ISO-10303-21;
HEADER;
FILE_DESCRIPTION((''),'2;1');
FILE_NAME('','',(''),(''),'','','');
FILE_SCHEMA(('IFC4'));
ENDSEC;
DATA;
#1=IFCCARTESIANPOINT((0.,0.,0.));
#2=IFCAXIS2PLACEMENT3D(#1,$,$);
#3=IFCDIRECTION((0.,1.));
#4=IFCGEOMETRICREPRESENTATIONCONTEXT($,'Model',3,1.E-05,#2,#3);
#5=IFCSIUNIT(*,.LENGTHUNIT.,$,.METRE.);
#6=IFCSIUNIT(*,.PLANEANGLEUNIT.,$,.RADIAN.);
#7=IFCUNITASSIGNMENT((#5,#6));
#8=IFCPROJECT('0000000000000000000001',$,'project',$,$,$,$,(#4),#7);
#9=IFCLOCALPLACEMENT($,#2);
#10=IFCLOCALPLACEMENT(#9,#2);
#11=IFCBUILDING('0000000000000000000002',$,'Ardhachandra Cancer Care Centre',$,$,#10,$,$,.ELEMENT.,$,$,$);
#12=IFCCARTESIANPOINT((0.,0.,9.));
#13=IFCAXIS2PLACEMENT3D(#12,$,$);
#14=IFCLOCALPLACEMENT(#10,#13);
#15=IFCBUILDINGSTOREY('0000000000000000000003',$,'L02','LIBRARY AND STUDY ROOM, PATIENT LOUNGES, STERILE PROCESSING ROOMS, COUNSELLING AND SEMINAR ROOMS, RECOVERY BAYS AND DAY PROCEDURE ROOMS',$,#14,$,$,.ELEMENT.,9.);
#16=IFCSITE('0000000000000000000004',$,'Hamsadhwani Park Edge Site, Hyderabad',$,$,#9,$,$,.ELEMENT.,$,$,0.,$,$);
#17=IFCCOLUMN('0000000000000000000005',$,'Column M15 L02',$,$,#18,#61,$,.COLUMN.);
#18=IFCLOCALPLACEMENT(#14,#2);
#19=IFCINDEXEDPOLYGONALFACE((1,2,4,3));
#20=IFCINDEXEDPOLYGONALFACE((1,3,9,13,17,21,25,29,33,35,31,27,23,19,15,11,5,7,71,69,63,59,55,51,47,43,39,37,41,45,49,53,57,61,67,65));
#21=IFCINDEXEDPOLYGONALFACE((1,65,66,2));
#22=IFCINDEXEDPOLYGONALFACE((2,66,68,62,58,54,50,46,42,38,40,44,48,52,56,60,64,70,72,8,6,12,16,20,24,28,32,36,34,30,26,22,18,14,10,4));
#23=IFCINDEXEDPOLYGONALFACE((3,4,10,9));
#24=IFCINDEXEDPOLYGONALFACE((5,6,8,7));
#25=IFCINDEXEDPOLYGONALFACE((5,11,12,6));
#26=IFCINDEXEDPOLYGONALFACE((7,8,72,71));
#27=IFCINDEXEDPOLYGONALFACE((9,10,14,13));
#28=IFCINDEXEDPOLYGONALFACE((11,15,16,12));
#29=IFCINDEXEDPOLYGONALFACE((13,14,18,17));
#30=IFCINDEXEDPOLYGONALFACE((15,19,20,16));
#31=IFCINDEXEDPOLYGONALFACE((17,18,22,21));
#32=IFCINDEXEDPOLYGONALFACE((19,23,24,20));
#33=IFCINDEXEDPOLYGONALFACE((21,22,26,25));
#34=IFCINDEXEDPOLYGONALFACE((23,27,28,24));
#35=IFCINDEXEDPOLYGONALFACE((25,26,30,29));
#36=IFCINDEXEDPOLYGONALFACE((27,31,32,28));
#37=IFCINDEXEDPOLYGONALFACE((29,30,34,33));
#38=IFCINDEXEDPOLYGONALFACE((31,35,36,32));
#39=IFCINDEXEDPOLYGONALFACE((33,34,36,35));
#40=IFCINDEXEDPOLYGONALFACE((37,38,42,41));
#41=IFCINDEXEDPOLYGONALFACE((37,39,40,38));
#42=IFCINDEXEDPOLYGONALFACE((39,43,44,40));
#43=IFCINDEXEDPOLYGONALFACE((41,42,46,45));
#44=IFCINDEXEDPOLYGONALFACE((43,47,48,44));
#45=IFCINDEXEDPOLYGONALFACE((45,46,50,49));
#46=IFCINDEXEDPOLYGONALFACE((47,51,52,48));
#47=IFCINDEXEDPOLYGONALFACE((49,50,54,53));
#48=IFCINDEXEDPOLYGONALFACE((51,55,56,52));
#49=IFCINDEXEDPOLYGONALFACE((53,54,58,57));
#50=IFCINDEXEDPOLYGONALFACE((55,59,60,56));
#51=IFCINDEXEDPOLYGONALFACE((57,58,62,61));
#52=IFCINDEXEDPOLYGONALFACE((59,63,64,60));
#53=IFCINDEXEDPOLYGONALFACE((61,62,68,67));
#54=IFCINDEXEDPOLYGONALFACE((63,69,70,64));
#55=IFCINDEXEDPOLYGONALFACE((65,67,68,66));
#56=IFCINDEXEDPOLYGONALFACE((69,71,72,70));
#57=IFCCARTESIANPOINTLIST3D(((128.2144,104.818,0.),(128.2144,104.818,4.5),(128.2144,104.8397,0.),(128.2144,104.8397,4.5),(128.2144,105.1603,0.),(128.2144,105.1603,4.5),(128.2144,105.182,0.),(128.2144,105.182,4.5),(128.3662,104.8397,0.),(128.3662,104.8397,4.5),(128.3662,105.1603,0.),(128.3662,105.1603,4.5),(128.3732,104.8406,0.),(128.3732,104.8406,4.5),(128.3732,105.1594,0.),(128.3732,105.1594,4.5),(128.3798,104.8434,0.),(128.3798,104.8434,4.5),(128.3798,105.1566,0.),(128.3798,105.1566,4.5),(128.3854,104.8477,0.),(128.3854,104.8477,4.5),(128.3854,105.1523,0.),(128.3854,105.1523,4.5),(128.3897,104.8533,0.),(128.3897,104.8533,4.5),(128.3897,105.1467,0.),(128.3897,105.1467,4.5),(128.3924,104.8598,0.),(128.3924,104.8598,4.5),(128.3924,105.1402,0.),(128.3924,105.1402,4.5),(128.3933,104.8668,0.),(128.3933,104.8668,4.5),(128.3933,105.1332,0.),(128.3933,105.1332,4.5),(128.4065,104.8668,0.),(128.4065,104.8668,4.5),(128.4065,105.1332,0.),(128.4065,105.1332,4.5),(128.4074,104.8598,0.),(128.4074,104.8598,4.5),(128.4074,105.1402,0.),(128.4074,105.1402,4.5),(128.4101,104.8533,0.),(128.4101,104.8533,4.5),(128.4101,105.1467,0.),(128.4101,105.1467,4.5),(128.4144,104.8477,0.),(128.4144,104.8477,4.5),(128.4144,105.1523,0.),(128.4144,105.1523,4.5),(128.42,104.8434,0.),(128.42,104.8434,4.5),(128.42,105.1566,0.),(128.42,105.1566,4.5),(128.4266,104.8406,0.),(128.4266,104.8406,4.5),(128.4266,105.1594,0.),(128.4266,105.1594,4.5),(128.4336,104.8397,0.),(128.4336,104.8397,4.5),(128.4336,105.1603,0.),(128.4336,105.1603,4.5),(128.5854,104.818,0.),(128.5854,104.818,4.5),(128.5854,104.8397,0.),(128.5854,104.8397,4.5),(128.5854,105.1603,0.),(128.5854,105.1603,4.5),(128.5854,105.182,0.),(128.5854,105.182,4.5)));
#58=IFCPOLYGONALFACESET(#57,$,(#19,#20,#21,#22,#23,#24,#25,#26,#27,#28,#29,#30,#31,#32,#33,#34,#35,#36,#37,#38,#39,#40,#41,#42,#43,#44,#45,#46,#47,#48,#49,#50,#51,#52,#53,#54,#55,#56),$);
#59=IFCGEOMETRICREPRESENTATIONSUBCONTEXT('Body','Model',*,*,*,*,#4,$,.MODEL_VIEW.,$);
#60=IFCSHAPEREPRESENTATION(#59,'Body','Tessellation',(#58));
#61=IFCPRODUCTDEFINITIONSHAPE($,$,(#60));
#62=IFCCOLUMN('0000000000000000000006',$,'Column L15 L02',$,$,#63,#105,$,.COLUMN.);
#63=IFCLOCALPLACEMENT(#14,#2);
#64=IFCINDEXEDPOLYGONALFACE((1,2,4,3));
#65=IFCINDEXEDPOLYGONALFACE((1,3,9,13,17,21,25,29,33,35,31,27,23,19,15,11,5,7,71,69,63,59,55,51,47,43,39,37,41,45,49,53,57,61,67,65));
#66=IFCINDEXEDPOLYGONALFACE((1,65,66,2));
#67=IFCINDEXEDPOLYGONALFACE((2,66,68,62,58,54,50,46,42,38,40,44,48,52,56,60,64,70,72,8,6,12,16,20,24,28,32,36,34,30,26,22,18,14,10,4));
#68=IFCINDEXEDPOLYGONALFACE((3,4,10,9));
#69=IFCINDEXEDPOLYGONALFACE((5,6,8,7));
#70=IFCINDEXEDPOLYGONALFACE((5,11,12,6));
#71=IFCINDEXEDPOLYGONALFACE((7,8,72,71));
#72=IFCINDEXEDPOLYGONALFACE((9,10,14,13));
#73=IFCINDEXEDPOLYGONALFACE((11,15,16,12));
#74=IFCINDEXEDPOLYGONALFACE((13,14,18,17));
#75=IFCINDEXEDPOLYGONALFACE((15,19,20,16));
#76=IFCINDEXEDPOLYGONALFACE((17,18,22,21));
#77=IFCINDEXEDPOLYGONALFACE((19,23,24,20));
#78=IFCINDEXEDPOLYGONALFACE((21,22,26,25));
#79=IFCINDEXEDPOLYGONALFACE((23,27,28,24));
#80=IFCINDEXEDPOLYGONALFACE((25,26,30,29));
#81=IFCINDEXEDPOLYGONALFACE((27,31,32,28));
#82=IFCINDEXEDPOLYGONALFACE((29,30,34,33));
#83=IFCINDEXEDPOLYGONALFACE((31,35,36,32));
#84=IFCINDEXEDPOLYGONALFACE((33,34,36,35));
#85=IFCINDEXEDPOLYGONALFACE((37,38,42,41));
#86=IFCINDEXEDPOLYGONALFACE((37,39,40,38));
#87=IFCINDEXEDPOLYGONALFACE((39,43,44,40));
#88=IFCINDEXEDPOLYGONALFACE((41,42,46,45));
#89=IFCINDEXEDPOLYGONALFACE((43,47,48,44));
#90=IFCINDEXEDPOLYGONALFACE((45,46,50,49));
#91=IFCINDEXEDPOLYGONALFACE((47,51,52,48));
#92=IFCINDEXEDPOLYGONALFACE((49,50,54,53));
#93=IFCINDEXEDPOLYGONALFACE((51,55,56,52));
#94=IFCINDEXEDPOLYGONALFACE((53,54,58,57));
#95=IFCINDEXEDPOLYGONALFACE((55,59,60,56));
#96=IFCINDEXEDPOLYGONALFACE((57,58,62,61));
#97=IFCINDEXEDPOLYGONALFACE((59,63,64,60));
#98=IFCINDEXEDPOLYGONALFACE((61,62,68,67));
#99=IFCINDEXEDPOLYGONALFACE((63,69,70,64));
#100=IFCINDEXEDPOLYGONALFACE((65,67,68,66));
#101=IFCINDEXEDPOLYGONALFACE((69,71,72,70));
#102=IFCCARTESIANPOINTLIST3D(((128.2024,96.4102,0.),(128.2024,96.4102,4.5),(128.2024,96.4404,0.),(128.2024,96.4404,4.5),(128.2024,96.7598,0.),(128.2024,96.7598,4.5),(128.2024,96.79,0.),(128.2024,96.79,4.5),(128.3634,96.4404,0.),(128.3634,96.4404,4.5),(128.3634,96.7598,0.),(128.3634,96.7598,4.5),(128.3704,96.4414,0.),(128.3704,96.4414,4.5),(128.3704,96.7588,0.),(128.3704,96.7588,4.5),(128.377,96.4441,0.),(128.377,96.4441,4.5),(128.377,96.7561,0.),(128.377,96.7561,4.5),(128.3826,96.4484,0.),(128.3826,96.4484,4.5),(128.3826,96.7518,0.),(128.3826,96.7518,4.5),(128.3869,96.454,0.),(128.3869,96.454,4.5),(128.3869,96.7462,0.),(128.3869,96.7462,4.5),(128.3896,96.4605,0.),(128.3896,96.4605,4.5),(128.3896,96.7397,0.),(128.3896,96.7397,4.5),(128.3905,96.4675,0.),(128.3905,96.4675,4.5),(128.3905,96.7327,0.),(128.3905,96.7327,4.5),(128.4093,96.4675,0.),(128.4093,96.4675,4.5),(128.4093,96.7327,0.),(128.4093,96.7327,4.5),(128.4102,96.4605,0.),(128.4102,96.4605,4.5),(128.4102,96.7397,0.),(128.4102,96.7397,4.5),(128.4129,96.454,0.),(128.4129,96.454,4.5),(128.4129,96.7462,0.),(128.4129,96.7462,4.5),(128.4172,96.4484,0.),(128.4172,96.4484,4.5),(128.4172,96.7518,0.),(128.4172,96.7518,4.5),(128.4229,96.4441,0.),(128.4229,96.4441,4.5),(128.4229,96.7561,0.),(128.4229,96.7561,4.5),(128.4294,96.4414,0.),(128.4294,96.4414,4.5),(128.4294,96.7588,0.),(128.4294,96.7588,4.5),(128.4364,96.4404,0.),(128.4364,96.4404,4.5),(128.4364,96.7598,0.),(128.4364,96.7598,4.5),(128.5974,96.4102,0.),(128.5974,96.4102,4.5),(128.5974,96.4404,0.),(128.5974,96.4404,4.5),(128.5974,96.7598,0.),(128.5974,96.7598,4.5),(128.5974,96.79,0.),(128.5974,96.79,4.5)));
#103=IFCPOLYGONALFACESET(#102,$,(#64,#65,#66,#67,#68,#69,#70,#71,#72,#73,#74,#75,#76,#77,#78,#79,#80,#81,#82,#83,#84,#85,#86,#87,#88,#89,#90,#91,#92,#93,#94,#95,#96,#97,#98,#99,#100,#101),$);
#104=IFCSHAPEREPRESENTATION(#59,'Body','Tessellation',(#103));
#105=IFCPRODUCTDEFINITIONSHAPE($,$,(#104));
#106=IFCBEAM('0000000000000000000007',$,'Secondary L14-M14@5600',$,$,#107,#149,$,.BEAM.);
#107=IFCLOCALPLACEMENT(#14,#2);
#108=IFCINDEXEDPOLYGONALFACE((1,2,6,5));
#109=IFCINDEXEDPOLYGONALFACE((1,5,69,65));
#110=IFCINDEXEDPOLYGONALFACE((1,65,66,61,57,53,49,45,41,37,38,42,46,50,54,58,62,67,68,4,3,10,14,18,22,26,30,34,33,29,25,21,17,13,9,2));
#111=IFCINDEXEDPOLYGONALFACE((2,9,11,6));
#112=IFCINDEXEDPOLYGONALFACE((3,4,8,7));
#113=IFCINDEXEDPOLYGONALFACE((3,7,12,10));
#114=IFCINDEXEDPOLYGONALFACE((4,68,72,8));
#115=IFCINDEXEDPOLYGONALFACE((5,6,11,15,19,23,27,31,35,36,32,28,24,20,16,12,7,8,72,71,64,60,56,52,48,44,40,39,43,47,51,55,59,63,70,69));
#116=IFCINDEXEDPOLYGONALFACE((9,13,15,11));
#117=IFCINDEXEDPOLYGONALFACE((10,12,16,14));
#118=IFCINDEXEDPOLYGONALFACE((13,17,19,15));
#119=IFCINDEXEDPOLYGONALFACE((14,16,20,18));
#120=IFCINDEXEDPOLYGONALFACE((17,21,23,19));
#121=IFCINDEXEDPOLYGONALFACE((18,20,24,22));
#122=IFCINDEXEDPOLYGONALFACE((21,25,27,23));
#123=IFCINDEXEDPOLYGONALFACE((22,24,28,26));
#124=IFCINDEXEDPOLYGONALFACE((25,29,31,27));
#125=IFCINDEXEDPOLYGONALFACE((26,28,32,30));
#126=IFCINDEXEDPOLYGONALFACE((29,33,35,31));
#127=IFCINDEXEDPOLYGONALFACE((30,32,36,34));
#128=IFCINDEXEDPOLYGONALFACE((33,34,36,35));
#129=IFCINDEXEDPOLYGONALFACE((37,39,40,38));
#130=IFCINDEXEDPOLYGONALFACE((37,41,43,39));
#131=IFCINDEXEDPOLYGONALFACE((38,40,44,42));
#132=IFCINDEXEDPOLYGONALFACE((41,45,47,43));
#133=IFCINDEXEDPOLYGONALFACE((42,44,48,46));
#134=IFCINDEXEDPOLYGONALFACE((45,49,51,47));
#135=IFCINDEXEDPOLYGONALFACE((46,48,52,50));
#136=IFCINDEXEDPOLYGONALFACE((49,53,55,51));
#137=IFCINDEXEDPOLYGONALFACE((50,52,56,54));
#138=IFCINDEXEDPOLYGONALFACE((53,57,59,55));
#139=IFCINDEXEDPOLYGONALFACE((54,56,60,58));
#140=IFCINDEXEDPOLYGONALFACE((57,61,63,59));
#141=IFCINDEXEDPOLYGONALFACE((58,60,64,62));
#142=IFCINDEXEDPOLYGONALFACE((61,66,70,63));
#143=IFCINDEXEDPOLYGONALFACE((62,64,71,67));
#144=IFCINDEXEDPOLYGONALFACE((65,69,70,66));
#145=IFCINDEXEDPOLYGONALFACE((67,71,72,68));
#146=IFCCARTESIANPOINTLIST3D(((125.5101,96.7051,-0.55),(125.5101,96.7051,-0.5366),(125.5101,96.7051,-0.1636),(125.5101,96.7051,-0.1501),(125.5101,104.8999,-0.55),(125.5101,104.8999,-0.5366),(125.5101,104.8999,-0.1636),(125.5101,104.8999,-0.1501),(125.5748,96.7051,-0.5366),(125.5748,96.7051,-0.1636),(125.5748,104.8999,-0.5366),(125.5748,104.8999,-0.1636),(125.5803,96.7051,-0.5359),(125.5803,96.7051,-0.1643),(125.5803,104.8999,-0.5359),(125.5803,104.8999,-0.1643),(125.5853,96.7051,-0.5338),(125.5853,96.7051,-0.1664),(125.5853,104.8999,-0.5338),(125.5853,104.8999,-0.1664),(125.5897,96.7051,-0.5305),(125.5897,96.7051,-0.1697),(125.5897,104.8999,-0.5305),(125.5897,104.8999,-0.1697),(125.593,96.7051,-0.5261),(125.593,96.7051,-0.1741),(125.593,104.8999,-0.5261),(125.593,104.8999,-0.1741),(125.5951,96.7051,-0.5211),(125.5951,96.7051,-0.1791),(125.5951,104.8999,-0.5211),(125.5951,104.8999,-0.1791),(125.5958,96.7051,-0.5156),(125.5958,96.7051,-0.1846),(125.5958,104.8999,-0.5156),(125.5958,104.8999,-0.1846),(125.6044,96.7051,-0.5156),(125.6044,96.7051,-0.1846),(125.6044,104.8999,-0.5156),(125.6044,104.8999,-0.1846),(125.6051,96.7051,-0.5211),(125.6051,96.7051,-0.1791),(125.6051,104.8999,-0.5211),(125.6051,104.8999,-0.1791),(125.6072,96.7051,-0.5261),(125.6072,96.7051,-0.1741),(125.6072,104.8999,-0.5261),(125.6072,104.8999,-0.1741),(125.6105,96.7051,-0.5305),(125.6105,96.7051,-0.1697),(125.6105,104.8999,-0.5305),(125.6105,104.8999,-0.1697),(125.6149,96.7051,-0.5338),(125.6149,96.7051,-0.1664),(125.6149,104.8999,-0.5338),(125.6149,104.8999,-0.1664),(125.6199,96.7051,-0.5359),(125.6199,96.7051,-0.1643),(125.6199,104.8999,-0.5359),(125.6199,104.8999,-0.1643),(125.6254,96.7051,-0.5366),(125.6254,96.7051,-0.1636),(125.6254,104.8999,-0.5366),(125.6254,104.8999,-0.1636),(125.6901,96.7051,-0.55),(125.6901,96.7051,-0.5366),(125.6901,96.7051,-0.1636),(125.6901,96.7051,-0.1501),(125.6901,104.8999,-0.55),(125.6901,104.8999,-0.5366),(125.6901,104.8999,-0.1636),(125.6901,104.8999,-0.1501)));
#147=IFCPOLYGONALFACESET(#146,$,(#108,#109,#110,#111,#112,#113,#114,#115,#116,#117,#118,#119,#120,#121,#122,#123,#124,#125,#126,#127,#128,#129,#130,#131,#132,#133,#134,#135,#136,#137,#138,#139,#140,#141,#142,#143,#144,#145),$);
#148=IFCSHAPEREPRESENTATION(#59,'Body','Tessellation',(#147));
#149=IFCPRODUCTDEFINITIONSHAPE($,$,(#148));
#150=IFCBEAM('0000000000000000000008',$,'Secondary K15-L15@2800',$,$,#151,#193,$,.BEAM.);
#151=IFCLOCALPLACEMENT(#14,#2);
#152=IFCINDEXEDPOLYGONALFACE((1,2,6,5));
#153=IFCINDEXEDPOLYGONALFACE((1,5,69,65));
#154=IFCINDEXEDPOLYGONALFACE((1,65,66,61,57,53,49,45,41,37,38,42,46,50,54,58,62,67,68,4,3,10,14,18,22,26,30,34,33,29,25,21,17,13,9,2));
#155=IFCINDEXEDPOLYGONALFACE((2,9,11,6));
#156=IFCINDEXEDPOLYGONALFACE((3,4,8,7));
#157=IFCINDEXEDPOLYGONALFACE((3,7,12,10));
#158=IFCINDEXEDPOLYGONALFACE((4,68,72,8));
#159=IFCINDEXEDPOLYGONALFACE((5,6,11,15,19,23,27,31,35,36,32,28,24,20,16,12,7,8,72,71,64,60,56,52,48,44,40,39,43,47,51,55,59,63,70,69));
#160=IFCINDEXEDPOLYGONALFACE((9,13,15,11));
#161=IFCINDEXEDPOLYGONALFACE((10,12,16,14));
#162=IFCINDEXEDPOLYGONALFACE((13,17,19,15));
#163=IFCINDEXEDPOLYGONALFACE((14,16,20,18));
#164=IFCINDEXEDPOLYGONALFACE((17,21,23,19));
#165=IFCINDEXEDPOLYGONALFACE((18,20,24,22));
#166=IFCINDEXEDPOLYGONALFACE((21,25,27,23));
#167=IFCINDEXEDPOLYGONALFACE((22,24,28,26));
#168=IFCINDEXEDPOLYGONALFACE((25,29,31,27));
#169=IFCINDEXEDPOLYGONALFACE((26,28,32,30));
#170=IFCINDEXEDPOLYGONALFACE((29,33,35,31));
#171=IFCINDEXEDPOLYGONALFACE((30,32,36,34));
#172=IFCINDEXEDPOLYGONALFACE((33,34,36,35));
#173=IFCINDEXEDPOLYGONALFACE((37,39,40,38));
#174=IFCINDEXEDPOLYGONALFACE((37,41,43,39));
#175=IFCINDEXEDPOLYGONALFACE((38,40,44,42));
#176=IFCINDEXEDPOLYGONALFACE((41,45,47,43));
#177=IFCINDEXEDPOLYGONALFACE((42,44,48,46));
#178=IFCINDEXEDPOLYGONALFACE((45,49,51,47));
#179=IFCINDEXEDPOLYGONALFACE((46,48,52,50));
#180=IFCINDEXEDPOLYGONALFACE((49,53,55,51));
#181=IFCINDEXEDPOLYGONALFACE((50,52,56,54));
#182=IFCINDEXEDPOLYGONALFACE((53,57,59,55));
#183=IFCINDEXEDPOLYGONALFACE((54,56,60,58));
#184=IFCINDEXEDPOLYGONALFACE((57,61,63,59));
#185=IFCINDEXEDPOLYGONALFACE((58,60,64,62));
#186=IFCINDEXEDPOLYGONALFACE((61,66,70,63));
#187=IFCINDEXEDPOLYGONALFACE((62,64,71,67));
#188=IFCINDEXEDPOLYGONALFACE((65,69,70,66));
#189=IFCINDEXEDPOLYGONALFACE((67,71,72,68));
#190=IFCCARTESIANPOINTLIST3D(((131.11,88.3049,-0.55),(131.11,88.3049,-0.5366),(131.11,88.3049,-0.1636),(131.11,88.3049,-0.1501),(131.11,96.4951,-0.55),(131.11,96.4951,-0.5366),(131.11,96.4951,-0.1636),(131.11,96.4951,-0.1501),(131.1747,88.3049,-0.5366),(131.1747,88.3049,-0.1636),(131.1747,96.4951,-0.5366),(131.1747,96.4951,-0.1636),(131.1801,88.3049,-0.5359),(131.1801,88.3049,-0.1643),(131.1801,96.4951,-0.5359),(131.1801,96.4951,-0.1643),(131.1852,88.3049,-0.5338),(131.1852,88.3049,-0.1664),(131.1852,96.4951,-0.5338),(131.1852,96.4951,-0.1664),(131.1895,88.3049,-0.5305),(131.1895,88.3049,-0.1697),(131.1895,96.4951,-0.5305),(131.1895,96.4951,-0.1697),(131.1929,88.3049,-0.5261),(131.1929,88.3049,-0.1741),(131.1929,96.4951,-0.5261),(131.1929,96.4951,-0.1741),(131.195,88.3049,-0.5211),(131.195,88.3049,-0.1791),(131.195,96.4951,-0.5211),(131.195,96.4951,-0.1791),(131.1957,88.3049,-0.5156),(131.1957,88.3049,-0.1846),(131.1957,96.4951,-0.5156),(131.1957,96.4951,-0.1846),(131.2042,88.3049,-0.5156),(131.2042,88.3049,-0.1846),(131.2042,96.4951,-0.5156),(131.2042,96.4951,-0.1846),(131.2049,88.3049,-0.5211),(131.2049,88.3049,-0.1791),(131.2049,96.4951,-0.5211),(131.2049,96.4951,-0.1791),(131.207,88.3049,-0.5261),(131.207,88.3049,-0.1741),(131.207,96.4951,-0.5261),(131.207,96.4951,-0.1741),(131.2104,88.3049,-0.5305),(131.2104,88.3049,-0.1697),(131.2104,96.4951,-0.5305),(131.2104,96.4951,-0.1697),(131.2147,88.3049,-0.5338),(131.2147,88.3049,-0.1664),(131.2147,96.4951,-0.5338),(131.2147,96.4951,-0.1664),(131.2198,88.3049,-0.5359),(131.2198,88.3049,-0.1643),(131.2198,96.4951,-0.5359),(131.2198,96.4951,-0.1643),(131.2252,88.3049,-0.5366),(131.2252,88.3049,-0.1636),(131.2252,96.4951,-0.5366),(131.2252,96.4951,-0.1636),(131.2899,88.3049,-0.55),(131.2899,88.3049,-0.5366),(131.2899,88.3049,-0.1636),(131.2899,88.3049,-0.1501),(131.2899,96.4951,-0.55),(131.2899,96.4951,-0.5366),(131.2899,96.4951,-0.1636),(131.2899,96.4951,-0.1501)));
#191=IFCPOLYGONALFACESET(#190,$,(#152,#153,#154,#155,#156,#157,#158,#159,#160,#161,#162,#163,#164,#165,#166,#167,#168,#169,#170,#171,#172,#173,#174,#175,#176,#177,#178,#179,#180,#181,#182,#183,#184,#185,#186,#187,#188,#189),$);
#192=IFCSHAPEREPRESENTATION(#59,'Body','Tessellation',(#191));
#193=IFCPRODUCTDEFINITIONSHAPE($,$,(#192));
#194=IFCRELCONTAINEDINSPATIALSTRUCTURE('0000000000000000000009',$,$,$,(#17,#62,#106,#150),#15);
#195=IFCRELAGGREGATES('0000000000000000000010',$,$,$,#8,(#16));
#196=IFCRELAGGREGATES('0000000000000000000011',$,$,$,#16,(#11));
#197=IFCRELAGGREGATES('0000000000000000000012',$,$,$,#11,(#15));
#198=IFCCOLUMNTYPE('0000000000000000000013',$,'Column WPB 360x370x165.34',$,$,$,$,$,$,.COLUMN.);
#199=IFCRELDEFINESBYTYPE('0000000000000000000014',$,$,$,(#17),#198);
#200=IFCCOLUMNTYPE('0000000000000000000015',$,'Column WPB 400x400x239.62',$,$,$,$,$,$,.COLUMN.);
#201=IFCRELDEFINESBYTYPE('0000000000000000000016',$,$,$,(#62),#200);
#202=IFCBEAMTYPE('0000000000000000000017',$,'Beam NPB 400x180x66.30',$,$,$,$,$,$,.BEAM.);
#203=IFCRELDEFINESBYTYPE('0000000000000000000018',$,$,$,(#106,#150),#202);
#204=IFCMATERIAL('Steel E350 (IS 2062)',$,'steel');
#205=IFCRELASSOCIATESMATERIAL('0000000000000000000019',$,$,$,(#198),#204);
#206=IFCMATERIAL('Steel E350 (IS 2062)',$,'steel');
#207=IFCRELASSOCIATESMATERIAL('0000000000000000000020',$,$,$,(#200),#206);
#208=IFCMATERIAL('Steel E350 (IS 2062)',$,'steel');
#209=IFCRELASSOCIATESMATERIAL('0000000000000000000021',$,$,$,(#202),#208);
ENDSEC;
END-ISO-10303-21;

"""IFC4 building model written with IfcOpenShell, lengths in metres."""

from ifc_helpers import new_model, si_unit, direction, frame, origin, origin_2d, place, context, subcontext, project, spatial, i_section, extrude, material, material_profile, profile_set, type_object, element, save


model = new_model("IFC4")

# Units and contexts
model_context = context("Model", 3, precision=1e-05, world=origin(), true_north=direction((0.0, 1.0)))
body_context = subcontext(model_context, "Body", "Model", "MODEL_VIEW")
ifc_project = project(units=[si_unit("LENGTHUNIT", "METRE"), si_unit("PLANEANGLEUNIT", "RADIAN")], contexts=[model_context])

# Site, building, storey
site_placement = place(None, origin())
site = spatial("IfcSite", under=ifc_project, at=site_placement, Name="Hamsadhwani Park Edge Site, Hyderabad", CompositionType="ELEMENT", RefElevation=0.0)
building_placement = place(site_placement, origin())
building = spatial("IfcBuilding", under=site, at=building_placement, Name="Ardhachandra Cancer Care Centre", CompositionType="ELEMENT")
storey_placement = place(building_placement, frame((0.0, 0.0, 9.0)))
storey = spatial("IfcBuildingStorey", under=building, at=storey_placement, Name="L02", Description="LIBRARY AND STUDY ROOM, PATIENT LOUNGES, STERILE PROCESSING ROOMS, COUNSELLING AND SEMINAR ROOMS, RECOVERY BAYS AND DAY PROCEDURE ROOMS", CompositionType="ELEMENT", Elevation=9.0)

# Columns
ifc_material_1 = material(Name="Steel E350 (IS 2062)", Category="steel")
ifc_material_profile_1 = material_profile(ifc_material_1, i_section(OverallWidth=0.3711, OverallDepth=0.364, WebThickness=0.0132, FlangeThickness=0.0217, FilletRadius=0.0271, at=origin_2d()), Name="WPB 360x370x165.34")
ifc_profile_set_1 = profile_set([ifc_material_profile_1], Name="Steel E350 (IS 2062)")
column_type_1 = type_object("IfcColumnType", Name="Column WPB 360x370x165.34", PredefinedType="COLUMN", material=ifc_profile_set_1)
column_1_placement = place(storey_placement, frame((128.3999, 105.0, 0.0), z_axis=(0.0, 0.0, 1.0), x_axis=(1.0, 0.0, 0.0)))
element("IfcColumn", 1, at=column_1_placement, inside=storey, type_object=column_type_1, Name="Column M15 L02", PredefinedType="COLUMN", context=body_context, shape_type="SweptSolid", body=[
    extrude(i_section(OverallWidth=0.3711, OverallDepth=0.364, WebThickness=0.0132, FlangeThickness=0.0217, FilletRadius=0.0271, at=origin_2d()), origin(), (0.0, 0.0, 1.0), 4.5),
])
ifc_material_2 = material(Name="Steel E350 (IS 2062)", Category="steel")
ifc_material_profile_2 = material_profile(ifc_material_2, i_section(OverallWidth=0.395, OverallDepth=0.3799, WebThickness=0.0188, FlangeThickness=0.0303, FilletRadius=0.0271, at=origin_2d()), Name="WPB 400x400x239.62")
ifc_profile_set_2 = profile_set([ifc_material_profile_2], Name="Steel E350 (IS 2062)")
column_type_2 = type_object("IfcColumnType", Name="Column WPB 400x400x239.62", PredefinedType="COLUMN", material=ifc_profile_set_2)
column_2_placement = place(storey_placement, frame((128.3999, 96.6001, 0.0), z_axis=(0.0, 0.0, 1.0), x_axis=(1.0, 0.0, 0.0)))
element("IfcColumn", 2, at=column_2_placement, inside=storey, type_object=column_type_2, Name="Column L15 L02", PredefinedType="COLUMN", context=body_context, shape_type="SweptSolid", body=[
    extrude(i_section(OverallWidth=0.395, OverallDepth=0.3799, WebThickness=0.0188, FlangeThickness=0.0303, FilletRadius=0.0271, at=origin_2d()), origin(), (0.0, 0.0, 1.0), 4.5),
])

# Beams
ifc_material_3 = material(Name="Steel E350 (IS 2062)", Category="steel")
ifc_material_profile_3 = material_profile(ifc_material_3, i_section(OverallWidth=0.1799, OverallDepth=0.3999, WebThickness=0.0085, FlangeThickness=0.0134, FilletRadius=0.021, at=origin_2d()), Name="NPB 400x180x66.30")
ifc_profile_set_3 = profile_set([ifc_material_profile_3], Name="Steel E350 (IS 2062)")
beam_type_1 = type_object("IfcBeamType", Name="Beam NPB 400x180x66.30", PredefinedType="BEAM", material=ifc_profile_set_3)
beam_1_placement = place(storey_placement, frame((125.6001, 96.7051, -0.3501), z_axis=(0.0, 1.0, 0.0), x_axis=(-1.0, 0.0, 0.0)))
element("IfcBeam", 3, at=beam_1_placement, inside=storey, type_object=beam_type_1, Name="Secondary L14-M14@5600", PredefinedType="BEAM", context=body_context, shape_type="SweptSolid", body=[
    extrude(i_section(OverallWidth=0.1799, OverallDepth=0.3999, WebThickness=0.0085, FlangeThickness=0.0134, FilletRadius=0.021, at=origin_2d()), origin(), (0.0, 0.0, 1.0), 8.1948),
])
beam_2_placement = place(storey_placement, frame((131.2, 88.3049, -0.3501), z_axis=(0.0, 1.0, 0.0), x_axis=(-1.0, 0.0, 0.0)))
element("IfcBeam", 4, at=beam_2_placement, inside=storey, type_object=beam_type_1, Name="Secondary K15-L15@2800", PredefinedType="BEAM", context=body_context, shape_type="SweptSolid", body=[
    extrude(i_section(OverallWidth=0.1799, OverallDepth=0.3999, WebThickness=0.0085, FlangeThickness=0.0134, FilletRadius=0.021, at=origin_2d()), origin(), (0.0, 0.0, 1.0), 8.1902),
])

save(model, "model.ifc")
